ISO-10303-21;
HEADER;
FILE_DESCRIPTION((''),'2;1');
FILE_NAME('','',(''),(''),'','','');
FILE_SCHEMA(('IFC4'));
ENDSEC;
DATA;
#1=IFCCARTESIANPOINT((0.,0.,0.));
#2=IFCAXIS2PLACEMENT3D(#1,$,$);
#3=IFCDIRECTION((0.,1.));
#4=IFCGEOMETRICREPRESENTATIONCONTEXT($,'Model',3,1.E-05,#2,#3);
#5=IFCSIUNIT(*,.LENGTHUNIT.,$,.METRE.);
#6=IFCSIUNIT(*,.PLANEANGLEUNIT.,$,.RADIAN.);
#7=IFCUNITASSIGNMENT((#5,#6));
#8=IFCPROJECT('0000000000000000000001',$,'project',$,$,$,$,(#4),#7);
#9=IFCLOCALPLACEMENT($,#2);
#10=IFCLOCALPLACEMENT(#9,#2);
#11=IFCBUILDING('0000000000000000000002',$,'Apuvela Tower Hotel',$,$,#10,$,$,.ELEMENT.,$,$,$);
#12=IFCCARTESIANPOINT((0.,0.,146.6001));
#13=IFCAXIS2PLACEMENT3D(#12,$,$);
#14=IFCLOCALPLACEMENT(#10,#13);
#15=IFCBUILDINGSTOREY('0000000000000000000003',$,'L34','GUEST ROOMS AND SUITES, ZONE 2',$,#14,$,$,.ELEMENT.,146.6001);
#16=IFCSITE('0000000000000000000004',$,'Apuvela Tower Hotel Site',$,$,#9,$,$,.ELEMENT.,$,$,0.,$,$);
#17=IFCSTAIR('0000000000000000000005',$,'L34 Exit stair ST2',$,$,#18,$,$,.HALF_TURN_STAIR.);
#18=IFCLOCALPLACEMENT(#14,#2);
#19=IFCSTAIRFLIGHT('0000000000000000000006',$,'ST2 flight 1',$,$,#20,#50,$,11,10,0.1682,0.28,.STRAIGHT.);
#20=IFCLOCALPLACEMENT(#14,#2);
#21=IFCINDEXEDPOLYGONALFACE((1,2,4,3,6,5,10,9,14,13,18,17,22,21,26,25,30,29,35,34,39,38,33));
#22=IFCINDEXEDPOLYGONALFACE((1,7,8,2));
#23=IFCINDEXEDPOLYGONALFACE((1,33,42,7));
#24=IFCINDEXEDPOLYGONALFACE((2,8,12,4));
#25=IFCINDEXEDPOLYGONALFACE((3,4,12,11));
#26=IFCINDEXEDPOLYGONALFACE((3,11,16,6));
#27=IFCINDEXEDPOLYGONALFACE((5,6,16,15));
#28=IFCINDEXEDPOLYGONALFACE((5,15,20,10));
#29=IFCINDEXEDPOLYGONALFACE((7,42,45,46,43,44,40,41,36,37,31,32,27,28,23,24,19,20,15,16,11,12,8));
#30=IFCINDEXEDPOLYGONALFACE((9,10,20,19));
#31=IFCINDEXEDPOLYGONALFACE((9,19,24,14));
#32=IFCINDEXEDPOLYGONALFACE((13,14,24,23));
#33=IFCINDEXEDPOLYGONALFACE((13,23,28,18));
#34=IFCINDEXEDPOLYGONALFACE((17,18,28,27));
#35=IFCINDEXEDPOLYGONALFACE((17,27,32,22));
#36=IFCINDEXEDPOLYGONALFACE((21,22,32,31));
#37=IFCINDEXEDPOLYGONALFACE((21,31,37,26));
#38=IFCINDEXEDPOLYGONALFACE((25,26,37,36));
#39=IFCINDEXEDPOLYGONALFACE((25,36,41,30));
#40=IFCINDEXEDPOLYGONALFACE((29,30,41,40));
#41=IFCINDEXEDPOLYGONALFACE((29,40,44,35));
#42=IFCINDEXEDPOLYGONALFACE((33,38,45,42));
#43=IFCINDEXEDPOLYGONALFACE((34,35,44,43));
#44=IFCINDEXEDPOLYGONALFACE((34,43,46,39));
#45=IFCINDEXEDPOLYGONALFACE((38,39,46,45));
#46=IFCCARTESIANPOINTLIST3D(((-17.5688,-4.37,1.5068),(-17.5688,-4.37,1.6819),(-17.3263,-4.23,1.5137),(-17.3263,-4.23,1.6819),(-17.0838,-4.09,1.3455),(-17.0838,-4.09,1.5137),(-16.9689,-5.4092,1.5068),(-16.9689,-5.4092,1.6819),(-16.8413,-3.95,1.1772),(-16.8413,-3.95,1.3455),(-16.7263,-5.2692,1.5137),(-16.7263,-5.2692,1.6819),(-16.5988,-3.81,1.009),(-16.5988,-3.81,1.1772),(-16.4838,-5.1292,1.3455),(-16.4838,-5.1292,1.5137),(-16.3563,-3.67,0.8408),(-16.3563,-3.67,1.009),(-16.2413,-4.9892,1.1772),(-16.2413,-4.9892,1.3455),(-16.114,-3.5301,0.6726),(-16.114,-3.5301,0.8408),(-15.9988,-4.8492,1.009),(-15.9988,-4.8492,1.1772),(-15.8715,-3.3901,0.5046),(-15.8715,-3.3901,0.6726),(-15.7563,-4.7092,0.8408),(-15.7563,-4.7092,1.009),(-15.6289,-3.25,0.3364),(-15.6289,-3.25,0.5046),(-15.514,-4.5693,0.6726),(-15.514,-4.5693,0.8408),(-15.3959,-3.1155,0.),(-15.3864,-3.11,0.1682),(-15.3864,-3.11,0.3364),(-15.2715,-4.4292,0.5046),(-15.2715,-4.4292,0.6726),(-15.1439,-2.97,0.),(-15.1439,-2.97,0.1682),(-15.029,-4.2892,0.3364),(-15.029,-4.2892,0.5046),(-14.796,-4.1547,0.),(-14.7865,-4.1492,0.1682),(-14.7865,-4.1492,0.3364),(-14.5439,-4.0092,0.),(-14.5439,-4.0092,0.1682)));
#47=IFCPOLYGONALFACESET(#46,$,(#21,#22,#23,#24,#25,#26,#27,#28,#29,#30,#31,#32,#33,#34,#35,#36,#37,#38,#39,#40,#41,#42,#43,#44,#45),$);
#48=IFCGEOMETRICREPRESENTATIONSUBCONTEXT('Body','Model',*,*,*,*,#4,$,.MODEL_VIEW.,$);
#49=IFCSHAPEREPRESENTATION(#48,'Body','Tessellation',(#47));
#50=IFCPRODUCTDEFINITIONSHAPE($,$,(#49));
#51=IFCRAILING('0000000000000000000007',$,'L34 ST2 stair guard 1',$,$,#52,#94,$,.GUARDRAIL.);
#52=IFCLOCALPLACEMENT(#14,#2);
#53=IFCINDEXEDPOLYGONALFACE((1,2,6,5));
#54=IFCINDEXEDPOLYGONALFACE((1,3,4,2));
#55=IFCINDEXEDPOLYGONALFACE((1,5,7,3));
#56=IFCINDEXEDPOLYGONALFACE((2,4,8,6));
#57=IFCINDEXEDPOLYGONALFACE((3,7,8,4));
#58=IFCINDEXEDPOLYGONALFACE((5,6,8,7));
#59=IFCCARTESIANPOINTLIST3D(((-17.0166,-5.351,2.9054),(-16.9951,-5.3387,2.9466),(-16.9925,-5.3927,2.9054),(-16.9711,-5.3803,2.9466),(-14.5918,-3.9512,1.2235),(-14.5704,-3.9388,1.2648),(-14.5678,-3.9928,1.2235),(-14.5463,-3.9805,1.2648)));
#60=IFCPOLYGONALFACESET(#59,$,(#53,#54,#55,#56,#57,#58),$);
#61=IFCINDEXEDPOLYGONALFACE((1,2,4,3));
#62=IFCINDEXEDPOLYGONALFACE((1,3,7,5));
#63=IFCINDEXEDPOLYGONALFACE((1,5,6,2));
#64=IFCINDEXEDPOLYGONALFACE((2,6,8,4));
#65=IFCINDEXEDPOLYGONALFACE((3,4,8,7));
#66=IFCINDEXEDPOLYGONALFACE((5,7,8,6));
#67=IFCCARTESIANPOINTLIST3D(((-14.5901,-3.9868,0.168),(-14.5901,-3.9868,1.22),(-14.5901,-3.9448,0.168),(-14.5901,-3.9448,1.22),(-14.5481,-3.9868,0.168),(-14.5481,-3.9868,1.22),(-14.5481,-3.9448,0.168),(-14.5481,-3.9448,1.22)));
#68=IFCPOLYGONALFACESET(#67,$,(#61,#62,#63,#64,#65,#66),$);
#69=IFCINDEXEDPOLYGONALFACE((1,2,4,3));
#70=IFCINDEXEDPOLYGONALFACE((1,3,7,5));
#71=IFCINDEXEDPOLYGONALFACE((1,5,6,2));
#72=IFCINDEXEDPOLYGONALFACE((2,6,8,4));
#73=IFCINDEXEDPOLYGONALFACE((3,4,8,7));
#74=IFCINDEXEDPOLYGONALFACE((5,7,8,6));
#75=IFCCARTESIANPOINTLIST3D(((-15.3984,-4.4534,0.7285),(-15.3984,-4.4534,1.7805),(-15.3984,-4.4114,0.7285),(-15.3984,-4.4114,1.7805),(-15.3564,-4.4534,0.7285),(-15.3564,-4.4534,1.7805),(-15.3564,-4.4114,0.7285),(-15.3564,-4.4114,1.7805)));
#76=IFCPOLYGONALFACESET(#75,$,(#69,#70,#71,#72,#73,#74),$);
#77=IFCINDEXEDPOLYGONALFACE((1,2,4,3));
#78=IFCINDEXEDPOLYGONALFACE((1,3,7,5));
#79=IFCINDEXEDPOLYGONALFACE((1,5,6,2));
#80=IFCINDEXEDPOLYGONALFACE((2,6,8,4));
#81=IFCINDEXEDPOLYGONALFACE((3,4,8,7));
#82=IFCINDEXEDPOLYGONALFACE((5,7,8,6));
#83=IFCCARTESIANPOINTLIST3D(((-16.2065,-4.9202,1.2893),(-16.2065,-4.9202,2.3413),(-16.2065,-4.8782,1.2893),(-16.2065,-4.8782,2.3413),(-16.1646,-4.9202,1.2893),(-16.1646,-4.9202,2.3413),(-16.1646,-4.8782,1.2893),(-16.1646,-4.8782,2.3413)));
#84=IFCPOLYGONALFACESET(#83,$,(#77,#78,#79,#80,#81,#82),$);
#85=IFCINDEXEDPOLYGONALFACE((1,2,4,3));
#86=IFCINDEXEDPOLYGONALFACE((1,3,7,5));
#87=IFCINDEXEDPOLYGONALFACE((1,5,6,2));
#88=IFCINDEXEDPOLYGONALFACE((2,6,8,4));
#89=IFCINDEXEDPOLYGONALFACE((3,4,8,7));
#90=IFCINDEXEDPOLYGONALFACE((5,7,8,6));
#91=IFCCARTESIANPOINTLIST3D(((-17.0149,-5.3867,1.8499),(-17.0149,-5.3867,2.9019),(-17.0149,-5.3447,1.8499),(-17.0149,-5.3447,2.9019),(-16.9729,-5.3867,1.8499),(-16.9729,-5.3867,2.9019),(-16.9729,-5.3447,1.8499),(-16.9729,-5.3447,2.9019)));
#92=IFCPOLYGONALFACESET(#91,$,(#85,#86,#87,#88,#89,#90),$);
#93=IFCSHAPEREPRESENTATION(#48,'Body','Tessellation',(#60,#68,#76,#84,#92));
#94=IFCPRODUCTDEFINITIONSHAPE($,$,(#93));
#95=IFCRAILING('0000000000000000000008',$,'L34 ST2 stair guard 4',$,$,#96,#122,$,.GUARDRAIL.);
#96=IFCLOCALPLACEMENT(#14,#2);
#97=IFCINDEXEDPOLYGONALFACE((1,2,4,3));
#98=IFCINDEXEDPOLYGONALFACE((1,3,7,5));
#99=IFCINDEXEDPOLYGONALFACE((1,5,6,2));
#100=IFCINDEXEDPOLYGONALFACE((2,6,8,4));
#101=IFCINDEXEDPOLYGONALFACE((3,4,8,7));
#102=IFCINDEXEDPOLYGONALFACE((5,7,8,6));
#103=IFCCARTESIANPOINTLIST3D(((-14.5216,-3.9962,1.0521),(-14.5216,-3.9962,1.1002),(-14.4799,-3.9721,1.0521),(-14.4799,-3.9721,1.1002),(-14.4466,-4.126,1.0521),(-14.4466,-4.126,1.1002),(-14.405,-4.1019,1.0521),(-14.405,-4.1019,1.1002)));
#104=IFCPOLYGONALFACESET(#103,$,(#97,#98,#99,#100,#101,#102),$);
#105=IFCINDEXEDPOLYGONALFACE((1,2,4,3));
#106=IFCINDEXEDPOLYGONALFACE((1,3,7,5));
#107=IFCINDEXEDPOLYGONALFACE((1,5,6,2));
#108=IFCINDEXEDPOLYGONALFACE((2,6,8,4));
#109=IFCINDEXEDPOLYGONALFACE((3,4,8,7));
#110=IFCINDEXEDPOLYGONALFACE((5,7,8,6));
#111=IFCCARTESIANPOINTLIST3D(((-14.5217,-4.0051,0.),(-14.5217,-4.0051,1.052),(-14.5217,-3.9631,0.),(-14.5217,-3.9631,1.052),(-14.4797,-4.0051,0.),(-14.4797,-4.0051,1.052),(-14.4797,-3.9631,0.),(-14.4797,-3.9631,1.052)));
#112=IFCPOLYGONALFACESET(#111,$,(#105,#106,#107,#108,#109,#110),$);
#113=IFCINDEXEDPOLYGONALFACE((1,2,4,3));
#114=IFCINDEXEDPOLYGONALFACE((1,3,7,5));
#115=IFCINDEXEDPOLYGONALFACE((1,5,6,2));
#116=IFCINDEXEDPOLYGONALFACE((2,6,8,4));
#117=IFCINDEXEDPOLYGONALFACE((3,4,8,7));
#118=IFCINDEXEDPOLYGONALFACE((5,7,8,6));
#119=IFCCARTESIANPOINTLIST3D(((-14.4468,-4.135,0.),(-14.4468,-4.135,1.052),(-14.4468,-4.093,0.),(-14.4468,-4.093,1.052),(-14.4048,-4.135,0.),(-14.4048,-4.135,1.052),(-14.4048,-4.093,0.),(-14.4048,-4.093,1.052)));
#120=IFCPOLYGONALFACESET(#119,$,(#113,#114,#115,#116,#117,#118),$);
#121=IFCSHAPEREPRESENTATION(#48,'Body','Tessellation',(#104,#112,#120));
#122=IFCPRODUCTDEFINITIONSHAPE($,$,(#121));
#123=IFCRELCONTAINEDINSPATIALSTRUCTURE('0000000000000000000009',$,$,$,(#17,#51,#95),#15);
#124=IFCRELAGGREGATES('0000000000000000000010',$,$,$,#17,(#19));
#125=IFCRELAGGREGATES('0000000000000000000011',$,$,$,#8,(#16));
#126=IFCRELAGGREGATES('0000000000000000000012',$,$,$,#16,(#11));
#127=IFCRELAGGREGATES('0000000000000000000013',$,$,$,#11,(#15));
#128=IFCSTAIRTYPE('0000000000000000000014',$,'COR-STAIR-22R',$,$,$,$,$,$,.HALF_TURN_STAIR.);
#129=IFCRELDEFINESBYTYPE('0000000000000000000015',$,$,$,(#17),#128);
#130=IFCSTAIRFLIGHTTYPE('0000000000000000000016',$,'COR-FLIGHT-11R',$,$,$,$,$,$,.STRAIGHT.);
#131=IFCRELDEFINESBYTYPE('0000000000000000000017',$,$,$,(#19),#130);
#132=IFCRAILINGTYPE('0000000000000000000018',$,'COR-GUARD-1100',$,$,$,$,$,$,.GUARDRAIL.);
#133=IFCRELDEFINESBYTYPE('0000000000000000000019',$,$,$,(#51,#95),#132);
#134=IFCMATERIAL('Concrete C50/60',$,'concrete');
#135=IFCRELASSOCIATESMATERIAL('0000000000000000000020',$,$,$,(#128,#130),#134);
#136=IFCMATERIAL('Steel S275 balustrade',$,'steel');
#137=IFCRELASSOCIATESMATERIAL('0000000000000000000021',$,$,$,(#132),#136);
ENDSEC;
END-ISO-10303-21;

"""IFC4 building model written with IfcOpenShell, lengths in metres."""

from ifc_helpers import new_model, si_unit, direction, frame, origin, origin_2d, place, context, subcontext, project, spatial, polyline, rectangle, outline, extrude, material, type_object, element, aggregate, save


model = new_model("IFC4")

# Units and contexts
model_context = context("Model", 3, precision=1e-05, world=origin(), true_north=direction((0.0, 1.0)))
body_context = subcontext(model_context, "Body", "Model", "MODEL_VIEW")
ifc_project = project(units=[si_unit("LENGTHUNIT", "METRE"), si_unit("PLANEANGLEUNIT", "RADIAN")], contexts=[model_context])

# Site, building, storey
site_placement = place(None, origin())
site = spatial("IfcSite", under=ifc_project, at=site_placement, Name="Apuvela Tower Hotel Site", CompositionType="ELEMENT", RefElevation=0.0)
building_placement = place(site_placement, origin())
building = spatial("IfcBuilding", under=site, at=building_placement, Name="Apuvela Tower Hotel", CompositionType="ELEMENT")
storey_placement = place(building_placement, frame((0.0, 0.0, 146.6001)))
storey = spatial("IfcBuildingStorey", under=building, at=storey_placement, Name="L34", Description="GUEST ROOMS AND SUITES, ZONE 2", CompositionType="ELEMENT", Elevation=146.6001)

# Shared definitions
ifc_material_1 = material(Name="Concrete C50/60", Category="concrete")

# Stair, stair flight
stair_type = type_object("IfcStairType", Name="COR-STAIR-22R", PredefinedType="HALF_TURN_STAIR", material=ifc_material_1)
stair_placement = place(storey_placement, origin())
stair = element("IfcStair", 1, at=stair_placement, inside=storey, type_object=stair_type, Name="L34 Exit stair ST2", PredefinedType="HALF_TURN_STAIR")
stair_flight_type = type_object("IfcStairFlightType", Name="COR-FLIGHT-11R", PredefinedType="STRAIGHT", material=ifc_material_1)
stair_flight_placement = place(storey_placement, frame((-14.844, -3.4895, 0.0), z_axis=(0.0, 0.0, 1.0), x_axis=(-0.866025, -0.5, 0.0)))
stair_flight = element("IfcStairFlight", 2, at=stair_flight_placement, type_object=stair_flight_type, Name="ST2 flight 1", NumberOfRisers=11, NumberOfTreads=10, PredefinedType="STRAIGHT", RiserHeight=0.1682, TreadLength=0.28, context=body_context, shape_type="SweptSolid", body=[
    extrude(outline(polyline([(0.0, 0.0), (0.0, 0.1682), (0.28, 0.1682), (0.28, 0.3364), (0.5601, 0.3364), (0.5601, 0.5046), (0.8401, 0.5046), (0.8401, 0.6726), (1.1201, 0.6726), (1.1201, 0.8408), (1.3999, 0.8408), (1.3999, 1.009), (1.6799, 1.009), (1.6799, 1.1772), (1.96, 1.1772), (1.96, 1.3455), (2.24, 1.3455), (2.24, 1.5137), (2.52, 1.5137), (2.52, 1.6819), (2.8, 1.6819), (2.8, 1.8501), (2.8, 1.5068), (0.291, 0.0), (0.0, 0.0)])), frame((0.0, 0.6001, 0.0), z_axis=(0.0, -1.0, 0.0), x_axis=(1.0, 0.0, 0.0)), (0.0, 0.0, 1.0), 1.2),
])
aggregate(stair, [stair_flight])

# Railings
ifc_material_2 = material(Name="Steel S275 balustrade", Category="steel")
railing_type = type_object("IfcRailingType", Name="COR-GUARD-1100", PredefinedType="GUARDRAIL", material=ifc_material_2)
railing_1_placement = place(storey_placement, frame((-14.5691, -3.9658, 0.168)))
element("IfcRailing", 3, at=railing_1_placement, inside=storey, type_object=railing_type, Name="L34 ST2 stair guard 1", PredefinedType="GUARDRAIL", context=body_context, shape_type="SweptSolid", body=[
    extrude(rectangle(XDim=0.0481, YDim=0.0481, at=origin_2d()), frame((0.0, 0.0, 1.0762), z_axis=(-0.74239, -0.428601, 0.514934), x_axis=(0.499984, -0.866035, 0.0)), (0.0, 0.0, 1.0), 3.2661),
    extrude(rectangle(XDim=0.042, YDim=0.042, at=origin_2d()), origin(), (0.0, 0.0, 1.0), 1.052),
    extrude(rectangle(XDim=0.042, YDim=0.042, at=origin_2d()), frame((-0.8083, -0.4666, 0.5605)), (0.0, 0.0, 1.0), 1.052),
    extrude(rectangle(XDim=0.042, YDim=0.042, at=origin_2d()), frame((-1.6165, -0.9333, 1.1213)), (0.0, 0.0, 1.0), 1.052),
    extrude(rectangle(XDim=0.042, YDim=0.042, at=origin_2d()), frame((-2.4248, -1.3999, 1.6819)), (0.0, 0.0, 1.0), 1.052),
])
railing_2_placement = place(storey_placement, frame((-14.5007, -3.9841, 0.0)))
element("IfcRailing", 4, at=railing_2_placement, inside=storey, type_object=railing_type, Name="L34 ST2 stair guard 4", PredefinedType="GUARDRAIL", context=body_context, shape_type="SweptSolid", body=[
    extrude(rectangle(XDim=0.0481, YDim=0.0481, at=origin_2d()), frame((0.0, 0.0, 1.0762), z_axis=(0.499816, -0.866131, 0.0), x_axis=(0.866131, 0.499816, 0.0)), (0.0, 0.0, 1.0), 0.1499),
    extrude(rectangle(XDim=0.042, YDim=0.042, at=origin_2d()), origin(), (0.0, 0.0, 1.0), 1.052),
    extrude(rectangle(XDim=0.042, YDim=0.042, at=origin_2d()), frame((0.075, -0.1299, 0.0)), (0.0, 0.0, 1.0), 1.052),
])

save(model, "model.ifc")
